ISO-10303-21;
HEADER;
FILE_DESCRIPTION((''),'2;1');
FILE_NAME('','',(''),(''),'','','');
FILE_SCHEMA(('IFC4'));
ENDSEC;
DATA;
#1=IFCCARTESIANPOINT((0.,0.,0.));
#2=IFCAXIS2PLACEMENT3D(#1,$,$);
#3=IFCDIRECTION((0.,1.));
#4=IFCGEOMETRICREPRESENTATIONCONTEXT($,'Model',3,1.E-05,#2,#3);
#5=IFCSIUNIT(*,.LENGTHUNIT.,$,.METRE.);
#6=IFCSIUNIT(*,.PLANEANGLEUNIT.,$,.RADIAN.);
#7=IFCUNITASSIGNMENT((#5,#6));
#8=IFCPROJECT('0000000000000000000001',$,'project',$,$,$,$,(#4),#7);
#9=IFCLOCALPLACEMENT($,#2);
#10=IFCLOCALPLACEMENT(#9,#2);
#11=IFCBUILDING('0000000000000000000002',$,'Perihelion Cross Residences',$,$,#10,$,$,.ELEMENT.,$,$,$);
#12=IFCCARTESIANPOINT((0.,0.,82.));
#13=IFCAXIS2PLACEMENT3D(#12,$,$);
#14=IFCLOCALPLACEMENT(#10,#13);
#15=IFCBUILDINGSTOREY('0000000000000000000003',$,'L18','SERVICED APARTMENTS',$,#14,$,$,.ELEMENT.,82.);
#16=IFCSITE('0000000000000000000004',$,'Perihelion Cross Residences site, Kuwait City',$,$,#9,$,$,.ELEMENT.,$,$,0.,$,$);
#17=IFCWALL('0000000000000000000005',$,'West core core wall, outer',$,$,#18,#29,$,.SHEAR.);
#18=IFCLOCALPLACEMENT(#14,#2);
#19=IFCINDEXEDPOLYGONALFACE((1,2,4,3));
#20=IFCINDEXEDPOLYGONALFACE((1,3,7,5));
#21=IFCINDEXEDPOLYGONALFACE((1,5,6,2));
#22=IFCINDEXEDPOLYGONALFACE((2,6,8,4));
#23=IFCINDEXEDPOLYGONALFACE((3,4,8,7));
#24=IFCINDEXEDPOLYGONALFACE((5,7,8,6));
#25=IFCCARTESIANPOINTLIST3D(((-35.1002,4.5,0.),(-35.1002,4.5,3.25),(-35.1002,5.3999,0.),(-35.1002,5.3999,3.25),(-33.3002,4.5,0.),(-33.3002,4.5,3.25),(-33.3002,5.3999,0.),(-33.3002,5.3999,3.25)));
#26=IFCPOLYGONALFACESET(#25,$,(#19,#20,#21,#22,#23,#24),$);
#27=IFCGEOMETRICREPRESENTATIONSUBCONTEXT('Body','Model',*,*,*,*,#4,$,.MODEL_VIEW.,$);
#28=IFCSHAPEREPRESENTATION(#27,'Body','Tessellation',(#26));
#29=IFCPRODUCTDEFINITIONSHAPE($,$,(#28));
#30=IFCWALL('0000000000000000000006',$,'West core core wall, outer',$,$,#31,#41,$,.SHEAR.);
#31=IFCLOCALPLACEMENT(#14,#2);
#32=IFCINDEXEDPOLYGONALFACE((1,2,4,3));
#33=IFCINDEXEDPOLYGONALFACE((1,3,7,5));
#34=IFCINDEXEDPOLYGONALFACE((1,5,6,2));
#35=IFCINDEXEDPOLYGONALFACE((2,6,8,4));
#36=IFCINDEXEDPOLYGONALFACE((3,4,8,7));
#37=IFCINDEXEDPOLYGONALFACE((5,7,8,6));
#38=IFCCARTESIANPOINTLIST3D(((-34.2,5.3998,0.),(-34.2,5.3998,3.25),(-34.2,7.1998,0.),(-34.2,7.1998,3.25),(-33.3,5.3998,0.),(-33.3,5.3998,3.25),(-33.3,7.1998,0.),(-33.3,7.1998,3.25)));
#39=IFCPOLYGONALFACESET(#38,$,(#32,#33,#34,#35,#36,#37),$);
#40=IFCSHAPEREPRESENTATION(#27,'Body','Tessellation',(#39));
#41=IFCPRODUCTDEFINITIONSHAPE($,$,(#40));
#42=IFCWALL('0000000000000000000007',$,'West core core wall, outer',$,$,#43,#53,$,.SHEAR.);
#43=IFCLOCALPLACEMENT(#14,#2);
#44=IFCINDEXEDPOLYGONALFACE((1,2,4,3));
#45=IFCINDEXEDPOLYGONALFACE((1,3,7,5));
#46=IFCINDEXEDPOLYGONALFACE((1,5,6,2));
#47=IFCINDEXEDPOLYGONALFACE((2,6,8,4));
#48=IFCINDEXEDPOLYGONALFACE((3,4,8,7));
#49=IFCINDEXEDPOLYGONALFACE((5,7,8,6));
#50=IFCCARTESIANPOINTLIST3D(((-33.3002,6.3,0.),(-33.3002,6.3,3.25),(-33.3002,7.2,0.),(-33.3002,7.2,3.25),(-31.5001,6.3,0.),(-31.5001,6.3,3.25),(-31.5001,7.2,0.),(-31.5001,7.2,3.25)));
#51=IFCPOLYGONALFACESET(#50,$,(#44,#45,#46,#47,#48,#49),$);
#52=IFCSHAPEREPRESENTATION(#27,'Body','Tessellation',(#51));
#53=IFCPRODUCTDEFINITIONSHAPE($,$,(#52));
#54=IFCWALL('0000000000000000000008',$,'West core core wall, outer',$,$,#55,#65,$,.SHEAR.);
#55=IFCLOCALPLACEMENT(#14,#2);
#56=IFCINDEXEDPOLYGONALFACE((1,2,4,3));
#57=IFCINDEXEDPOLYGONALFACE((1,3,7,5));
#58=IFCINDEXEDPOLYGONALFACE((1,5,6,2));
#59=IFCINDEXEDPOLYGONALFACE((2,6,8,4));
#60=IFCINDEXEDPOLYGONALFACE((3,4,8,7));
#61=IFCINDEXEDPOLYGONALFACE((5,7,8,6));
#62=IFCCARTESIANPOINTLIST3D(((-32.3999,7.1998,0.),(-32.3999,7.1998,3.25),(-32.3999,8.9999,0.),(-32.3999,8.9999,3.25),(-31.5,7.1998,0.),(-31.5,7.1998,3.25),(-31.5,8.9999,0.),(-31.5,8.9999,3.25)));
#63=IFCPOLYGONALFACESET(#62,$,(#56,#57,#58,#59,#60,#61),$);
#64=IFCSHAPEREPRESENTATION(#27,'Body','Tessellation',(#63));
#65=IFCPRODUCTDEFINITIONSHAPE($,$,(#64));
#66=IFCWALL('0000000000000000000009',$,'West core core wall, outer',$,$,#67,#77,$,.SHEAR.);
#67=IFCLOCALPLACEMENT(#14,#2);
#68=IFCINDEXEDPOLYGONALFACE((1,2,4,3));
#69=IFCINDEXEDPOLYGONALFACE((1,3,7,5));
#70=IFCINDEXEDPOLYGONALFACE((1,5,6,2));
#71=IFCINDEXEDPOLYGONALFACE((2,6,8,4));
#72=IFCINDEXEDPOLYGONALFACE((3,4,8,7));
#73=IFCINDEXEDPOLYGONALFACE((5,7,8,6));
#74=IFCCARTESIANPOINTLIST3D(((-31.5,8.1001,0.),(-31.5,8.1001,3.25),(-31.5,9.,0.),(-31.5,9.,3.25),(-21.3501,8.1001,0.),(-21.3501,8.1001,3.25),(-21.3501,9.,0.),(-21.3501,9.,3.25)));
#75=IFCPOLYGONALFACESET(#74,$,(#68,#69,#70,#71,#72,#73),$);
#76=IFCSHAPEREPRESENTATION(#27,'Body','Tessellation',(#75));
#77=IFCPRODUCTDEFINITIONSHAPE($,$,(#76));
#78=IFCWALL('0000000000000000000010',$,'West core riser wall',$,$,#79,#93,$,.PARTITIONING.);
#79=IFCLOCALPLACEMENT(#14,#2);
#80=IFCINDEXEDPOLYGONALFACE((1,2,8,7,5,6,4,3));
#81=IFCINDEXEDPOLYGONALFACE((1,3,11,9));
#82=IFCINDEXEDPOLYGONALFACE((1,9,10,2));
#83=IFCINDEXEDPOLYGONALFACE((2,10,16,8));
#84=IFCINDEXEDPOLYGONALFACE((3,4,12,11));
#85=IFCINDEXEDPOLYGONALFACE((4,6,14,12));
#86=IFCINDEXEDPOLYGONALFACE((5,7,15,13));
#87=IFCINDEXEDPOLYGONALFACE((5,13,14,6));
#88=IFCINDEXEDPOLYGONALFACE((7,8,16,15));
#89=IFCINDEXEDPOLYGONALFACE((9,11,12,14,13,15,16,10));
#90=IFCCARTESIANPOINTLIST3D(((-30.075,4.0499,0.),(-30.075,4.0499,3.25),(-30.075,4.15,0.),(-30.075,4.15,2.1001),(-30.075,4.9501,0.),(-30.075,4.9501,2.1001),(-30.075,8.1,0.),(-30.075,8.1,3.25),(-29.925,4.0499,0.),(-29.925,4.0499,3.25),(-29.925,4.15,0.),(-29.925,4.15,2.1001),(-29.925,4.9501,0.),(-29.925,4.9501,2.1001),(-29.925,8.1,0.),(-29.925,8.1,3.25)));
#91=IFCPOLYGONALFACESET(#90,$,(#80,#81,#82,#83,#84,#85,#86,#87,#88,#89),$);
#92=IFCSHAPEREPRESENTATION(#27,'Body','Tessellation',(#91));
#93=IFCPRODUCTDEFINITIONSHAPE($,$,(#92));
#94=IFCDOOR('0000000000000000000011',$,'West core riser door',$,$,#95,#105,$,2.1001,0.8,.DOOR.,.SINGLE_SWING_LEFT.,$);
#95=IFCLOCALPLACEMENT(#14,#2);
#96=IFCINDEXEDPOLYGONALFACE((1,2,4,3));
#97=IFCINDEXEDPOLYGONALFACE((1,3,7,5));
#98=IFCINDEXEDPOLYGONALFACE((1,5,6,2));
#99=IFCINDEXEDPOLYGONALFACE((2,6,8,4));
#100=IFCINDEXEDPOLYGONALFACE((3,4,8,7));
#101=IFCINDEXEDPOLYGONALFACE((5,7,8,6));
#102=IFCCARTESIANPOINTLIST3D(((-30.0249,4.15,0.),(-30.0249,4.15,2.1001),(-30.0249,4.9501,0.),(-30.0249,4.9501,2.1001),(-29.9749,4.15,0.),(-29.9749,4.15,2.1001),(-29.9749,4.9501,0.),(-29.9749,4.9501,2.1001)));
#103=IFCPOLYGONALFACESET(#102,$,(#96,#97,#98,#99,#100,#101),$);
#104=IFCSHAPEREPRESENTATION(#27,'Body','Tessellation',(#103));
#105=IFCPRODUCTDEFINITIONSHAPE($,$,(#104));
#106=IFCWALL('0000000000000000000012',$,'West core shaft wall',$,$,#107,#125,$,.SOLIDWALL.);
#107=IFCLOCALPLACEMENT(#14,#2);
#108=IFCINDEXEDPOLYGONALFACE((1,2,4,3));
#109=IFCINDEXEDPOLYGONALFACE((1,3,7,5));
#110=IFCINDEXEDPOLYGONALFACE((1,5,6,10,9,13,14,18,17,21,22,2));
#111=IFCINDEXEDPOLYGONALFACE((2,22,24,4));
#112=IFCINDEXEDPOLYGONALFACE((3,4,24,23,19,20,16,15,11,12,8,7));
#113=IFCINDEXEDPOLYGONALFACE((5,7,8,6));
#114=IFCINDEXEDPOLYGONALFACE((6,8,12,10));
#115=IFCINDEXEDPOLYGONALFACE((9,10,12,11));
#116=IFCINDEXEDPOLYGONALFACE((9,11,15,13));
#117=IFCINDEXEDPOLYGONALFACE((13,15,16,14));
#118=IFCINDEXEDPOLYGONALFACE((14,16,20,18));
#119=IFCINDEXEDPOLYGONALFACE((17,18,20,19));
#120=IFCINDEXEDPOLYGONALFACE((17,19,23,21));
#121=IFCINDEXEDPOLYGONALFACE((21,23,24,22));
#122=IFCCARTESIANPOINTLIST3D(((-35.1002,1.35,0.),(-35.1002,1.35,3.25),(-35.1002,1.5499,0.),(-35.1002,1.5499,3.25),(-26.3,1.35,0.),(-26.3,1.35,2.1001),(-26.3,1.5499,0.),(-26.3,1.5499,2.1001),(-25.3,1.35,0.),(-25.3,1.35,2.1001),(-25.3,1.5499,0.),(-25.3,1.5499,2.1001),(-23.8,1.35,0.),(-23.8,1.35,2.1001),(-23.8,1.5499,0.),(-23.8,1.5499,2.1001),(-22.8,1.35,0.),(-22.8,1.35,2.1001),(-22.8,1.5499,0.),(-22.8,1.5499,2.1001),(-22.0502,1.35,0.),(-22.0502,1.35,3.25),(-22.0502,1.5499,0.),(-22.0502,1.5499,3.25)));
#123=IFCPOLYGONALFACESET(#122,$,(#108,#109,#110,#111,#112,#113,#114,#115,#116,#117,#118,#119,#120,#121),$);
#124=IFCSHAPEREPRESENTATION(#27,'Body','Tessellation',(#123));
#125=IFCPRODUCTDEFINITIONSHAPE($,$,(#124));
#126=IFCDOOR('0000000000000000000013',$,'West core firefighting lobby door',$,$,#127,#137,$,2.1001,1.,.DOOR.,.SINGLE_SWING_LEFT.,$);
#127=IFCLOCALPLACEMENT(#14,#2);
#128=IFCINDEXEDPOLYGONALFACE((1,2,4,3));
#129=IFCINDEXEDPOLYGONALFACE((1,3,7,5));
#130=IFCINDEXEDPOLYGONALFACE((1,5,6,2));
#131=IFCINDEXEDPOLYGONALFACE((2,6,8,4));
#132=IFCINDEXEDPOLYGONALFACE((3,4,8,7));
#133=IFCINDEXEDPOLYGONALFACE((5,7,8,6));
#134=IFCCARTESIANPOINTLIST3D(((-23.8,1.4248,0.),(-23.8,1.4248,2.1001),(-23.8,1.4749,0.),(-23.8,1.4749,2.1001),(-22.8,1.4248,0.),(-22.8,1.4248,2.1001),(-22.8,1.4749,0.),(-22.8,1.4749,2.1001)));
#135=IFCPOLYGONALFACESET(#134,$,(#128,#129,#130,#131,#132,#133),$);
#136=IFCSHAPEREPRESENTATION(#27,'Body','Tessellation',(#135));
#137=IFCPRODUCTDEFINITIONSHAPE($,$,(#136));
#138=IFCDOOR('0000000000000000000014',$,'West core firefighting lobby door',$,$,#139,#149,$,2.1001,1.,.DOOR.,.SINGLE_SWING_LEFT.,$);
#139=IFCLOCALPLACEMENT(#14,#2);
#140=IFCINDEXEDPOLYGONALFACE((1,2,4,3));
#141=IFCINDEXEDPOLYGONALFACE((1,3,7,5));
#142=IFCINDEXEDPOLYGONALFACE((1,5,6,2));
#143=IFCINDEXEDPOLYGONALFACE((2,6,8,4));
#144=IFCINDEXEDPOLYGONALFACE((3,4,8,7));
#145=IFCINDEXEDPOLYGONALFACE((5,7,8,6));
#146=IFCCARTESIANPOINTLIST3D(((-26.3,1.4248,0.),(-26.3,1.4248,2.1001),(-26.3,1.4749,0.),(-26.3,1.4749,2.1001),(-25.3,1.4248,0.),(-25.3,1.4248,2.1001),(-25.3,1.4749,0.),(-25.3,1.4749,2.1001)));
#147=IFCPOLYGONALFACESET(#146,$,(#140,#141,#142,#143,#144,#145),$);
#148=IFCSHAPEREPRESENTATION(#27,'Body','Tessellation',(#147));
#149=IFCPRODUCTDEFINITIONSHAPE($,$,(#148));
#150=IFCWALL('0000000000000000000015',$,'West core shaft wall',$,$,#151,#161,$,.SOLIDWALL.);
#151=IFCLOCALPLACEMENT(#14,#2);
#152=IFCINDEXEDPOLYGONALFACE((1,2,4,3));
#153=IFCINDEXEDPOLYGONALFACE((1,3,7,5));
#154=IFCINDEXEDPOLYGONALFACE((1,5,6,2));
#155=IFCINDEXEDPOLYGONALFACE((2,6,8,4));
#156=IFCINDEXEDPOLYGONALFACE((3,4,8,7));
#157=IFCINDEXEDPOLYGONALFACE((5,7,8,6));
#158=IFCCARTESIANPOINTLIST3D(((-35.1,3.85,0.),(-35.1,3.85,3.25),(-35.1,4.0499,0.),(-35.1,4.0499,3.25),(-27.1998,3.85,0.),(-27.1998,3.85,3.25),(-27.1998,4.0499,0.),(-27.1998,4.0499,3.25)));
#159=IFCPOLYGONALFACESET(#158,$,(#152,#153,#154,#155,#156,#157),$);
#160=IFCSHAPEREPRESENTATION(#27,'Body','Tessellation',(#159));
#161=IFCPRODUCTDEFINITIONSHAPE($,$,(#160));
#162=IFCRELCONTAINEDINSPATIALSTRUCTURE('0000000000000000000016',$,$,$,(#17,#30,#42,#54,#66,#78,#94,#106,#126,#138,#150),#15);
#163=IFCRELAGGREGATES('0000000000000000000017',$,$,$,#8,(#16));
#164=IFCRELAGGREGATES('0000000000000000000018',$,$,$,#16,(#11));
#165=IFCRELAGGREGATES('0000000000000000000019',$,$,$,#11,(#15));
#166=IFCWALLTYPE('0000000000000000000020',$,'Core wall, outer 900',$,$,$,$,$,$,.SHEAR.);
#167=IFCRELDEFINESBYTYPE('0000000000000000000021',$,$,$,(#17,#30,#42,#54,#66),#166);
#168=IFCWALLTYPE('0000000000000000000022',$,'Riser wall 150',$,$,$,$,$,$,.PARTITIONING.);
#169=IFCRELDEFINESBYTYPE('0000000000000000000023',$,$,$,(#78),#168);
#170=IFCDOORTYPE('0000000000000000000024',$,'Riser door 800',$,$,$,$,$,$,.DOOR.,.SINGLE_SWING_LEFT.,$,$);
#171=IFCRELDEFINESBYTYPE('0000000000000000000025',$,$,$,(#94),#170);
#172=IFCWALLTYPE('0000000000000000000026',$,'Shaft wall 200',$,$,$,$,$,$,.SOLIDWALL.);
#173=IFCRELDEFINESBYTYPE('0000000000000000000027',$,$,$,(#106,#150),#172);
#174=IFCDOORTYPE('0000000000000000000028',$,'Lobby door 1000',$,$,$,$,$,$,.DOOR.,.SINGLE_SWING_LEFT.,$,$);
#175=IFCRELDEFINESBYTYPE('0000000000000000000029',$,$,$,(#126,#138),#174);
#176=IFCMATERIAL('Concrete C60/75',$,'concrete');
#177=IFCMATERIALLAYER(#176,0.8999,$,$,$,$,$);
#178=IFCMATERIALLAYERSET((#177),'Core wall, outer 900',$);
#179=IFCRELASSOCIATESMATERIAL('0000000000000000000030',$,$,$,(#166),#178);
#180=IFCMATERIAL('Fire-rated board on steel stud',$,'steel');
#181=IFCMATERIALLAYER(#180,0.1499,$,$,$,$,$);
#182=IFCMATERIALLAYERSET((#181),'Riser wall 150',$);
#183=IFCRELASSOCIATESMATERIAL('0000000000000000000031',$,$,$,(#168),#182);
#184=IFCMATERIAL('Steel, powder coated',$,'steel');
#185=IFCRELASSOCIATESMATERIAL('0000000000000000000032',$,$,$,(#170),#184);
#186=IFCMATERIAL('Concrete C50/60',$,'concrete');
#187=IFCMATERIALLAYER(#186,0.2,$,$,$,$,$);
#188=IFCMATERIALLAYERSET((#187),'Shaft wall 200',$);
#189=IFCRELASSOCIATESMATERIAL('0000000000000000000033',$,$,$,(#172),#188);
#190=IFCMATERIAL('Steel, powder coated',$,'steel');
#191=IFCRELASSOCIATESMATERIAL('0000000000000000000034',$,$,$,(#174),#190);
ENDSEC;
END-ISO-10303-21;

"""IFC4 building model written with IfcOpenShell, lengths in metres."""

from ifc_helpers import new_model, si_unit, direction, frame, frame_2d, origin, place, context, subcontext, project, spatial, rectangle, extrude, material, layer, layer_set, type_object, element, fill, save


model = new_model("IFC4")

# Units and contexts
model_context = context("Model", 3, precision=1e-05, world=origin(), true_north=direction((0.0, 1.0)))
body_context = subcontext(model_context, "Body", "Model", "MODEL_VIEW")
ifc_project = project(units=[si_unit("LENGTHUNIT", "METRE"), si_unit("PLANEANGLEUNIT", "RADIAN")], contexts=[model_context])

# Site, building, storey
site_placement = place(None, origin())
site = spatial("IfcSite", under=ifc_project, at=site_placement, Name="Perihelion Cross Residences site, Kuwait City", CompositionType="ELEMENT", RefElevation=0.0)
building_placement = place(site_placement, origin())
building = spatial("IfcBuilding", under=site, at=building_placement, Name="Perihelion Cross Residences", CompositionType="ELEMENT")
storey_placement = place(building_placement, frame((0.0, 0.0, 82.0)))
storey = spatial("IfcBuildingStorey", under=building, at=storey_placement, Name="L18", Description="SERVICED APARTMENTS", CompositionType="ELEMENT", Elevation=82.0)

# Walls
ifc_material_1 = material(Name="Concrete C60/75", Category="concrete")
ifc_layer_1 = layer(ifc_material_1, 0.8999)
ifc_layer_set_1 = layer_set([ifc_layer_1], Name="Core wall, outer 900")
wall_type_1 = type_object("IfcWallType", Name="Core wall, outer 900", PredefinedType="SHEAR", material=ifc_layer_set_1)
for number, where, z_axis, x_axis, name in (
    (1, (-35.1001, 4.95, 0.0), (0.0, 0.0, 1.0), (1.0, 0.0, 0.0), "West core core wall, outer"),
    (2, (-33.75, 5.3999, 0.0), (0.0, 0.0, 1.0), (0.0, 1.0, 0.0), "West core core wall, outer"),
    (3, (-33.3, 6.75, 0.0), (0.0, 0.0, 1.0), (1.0, 0.0, 0.0), "West core core wall, outer"),
    (4, (-31.95, 7.2, 0.0), (0.0, 0.0, 1.0), (0.0, 1.0, 0.0), "West core core wall, outer"),
):
    element("IfcWall", number, at=place(storey_placement, frame(where, z_axis=z_axis, x_axis=x_axis)), inside=storey, type_object=wall_type_1, Name=name, PredefinedType="SHEAR", context=body_context, shape_type="SweptSolid", body=[
        extrude(rectangle(XDim=1.8, YDim=0.8999, at=frame_2d((0.8999, 0.0))), origin(), (0.0, 0.0, 1.0), 3.25),
    ])
wall_1_placement = place(storey_placement, frame((-31.5, 8.55, 0.0), z_axis=(0.0, 0.0, 1.0), x_axis=(1.0, 0.0, 0.0)))
element("IfcWall", 5, at=wall_1_placement, inside=storey, type_object=wall_type_1, Name="West core core wall, outer", PredefinedType="SHEAR", context=body_context, shape_type="SweptSolid", body=[
    extrude(rectangle(XDim=10.1499, YDim=0.8999, at=frame_2d((5.075, 0.0))), origin(), (0.0, 0.0, 1.0), 3.25),
])

# Wall, opening, door
ifc_material_2 = material(Name="Fire-rated board on steel stud", Category="steel")
ifc_layer_2 = layer(ifc_material_2, 0.1499)
ifc_layer_set_2 = layer_set([ifc_layer_2], Name="Riser wall 150")
wall_type_2 = type_object("IfcWallType", Name="Riser wall 150", PredefinedType="PARTITIONING", material=ifc_layer_set_2)
wall_2_placement = place(storey_placement, frame((-30.0, 4.05, 0.0), z_axis=(0.0, 0.0, 1.0), x_axis=(0.0, 1.0, 0.0)))
wall_2 = element("IfcWall", 6, at=wall_2_placement, inside=storey, type_object=wall_type_2, Name="West core riser wall", PredefinedType="PARTITIONING", context=body_context, shape_type="SweptSolid", body=[
    extrude(rectangle(XDim=4.05, YDim=0.1499, at=frame_2d((2.0249, 0.0))), origin(), (0.0, 0.0, 1.0), 3.25),
])
opening_1_placement = place(wall_2_placement, frame((0.1001, 0.0, 0.0)))
opening_1 = element("IfcOpeningElement", 7, at=opening_1_placement, cuts=wall_2, PredefinedType="OPENING", context=body_context, shape_type="SweptSolid", body=[
    extrude(rectangle(XDim=0.8, YDim=2.1001, at=frame_2d((0.3999, 1.05))), frame((0.0, 0.085, 0.0), z_axis=(0.0, -1.0, 0.0), x_axis=(1.0, 0.0, 0.0)), (0.0, 0.0, 1.0), 0.1699),
])
ifc_material_3 = material(Name="Steel, powder coated", Category="steel")
door_type_1 = type_object("IfcDoorType", Name="Riser door 800", OperationType="SINGLE_SWING_LEFT", PredefinedType="DOOR", material=ifc_material_3)
door_1_placement = place(opening_1_placement, origin())
door_1 = element("IfcDoor", 8, at=door_1_placement, inside=storey, type_object=door_type_1, Name="West core riser door", OperationType="SINGLE_SWING_LEFT", OverallHeight=2.1001, OverallWidth=0.8, PredefinedType="DOOR", context=body_context, shape_type="SweptSolid", body=[
    extrude(rectangle(XDim=0.8, YDim=2.1001, at=frame_2d((0.3999, 1.05))), frame((0.0, 0.0249, 0.0), z_axis=(0.0, -1.0, 0.0), x_axis=(1.0, 0.0, 0.0)), (0.0, 0.0, 1.0), 0.05),
])
fill(opening_1, door_1)

# Wall, openings, doors
ifc_material_4 = material(Name="Concrete C50/60", Category="concrete")
ifc_layer_3 = layer(ifc_material_4, 0.2)
ifc_layer_set_3 = layer_set([ifc_layer_3], Name="Shaft wall 200")
wall_type_3 = type_object("IfcWallType", Name="Shaft wall 200", PredefinedType="SOLIDWALL", material=ifc_layer_set_3)
wall_3_placement = place(storey_placement, frame((-35.1001, 1.45, 0.0), z_axis=(0.0, 0.0, 1.0), x_axis=(1.0, 0.0, 0.0)))
wall_3 = element("IfcWall", 9, at=wall_3_placement, inside=storey, type_object=wall_type_3, Name="West core shaft wall", PredefinedType="SOLIDWALL", context=body_context, shape_type="SweptSolid", body=[
    extrude(rectangle(XDim=13.05, YDim=0.2, at=frame_2d((6.5249, 0.0))), origin(), (0.0, 0.0, 1.0), 3.25),
])
opening_2_placement = place(wall_3_placement, frame((11.3, 0.0, 0.0)))
opening_2 = element("IfcOpeningElement", 10, at=opening_2_placement, cuts=wall_3, PredefinedType="OPENING", context=body_context, shape_type="SweptSolid", body=[
    extrude(rectangle(XDim=1.0, YDim=2.1001, at=frame_2d((0.5, 1.05))), frame((0.0, 0.1099, 0.0), z_axis=(0.0, -1.0, 0.0), x_axis=(1.0, 0.0, 0.0)), (0.0, 0.0, 1.0), 0.22),
])
opening_3_placement = place(wall_3_placement, frame((8.8, 0.0, 0.0)))
opening_3 = element("IfcOpeningElement", 11, at=opening_3_placement, cuts=wall_3, PredefinedType="OPENING", context=body_context, shape_type="SweptSolid", body=[
    extrude(rectangle(XDim=1.0, YDim=2.1001, at=frame_2d((0.5, 1.05))), frame((0.0, 0.1099, 0.0), z_axis=(0.0, -1.0, 0.0), x_axis=(1.0, 0.0, 0.0)), (0.0, 0.0, 1.0), 0.22),
])
ifc_material_5 = material(Name="Steel, powder coated", Category="steel")
door_type_2 = type_object("IfcDoorType", Name="Lobby door 1000", OperationType="SINGLE_SWING_LEFT", PredefinedType="DOOR", material=ifc_material_5)
door_2_placement = place(opening_2_placement, origin())
door_2 = element("IfcDoor", 12, at=door_2_placement, inside=storey, type_object=door_type_2, Name="West core firefighting lobby door", OperationType="SINGLE_SWING_LEFT", OverallHeight=2.1001, OverallWidth=1.0, PredefinedType="DOOR", context=body_context, shape_type="SweptSolid", body=[
    extrude(rectangle(XDim=1.0, YDim=2.1001, at=frame_2d((0.5, 1.05))), frame((0.0, 0.0249, 0.0), z_axis=(0.0, -1.0, 0.0), x_axis=(1.0, 0.0, 0.0)), (0.0, 0.0, 1.0), 0.05),
])
fill(opening_2, door_2)
door_3_placement = place(opening_3_placement, origin())
door_3 = element("IfcDoor", 13, at=door_3_placement, inside=storey, type_object=door_type_2, Name="West core firefighting lobby door", OperationType="SINGLE_SWING_LEFT", OverallHeight=2.1001, OverallWidth=1.0, PredefinedType="DOOR", context=body_context, shape_type="SweptSolid", body=[
    extrude(rectangle(XDim=1.0, YDim=2.1001, at=frame_2d((0.5, 1.05))), frame((0.0, 0.0249, 0.0), z_axis=(0.0, -1.0, 0.0), x_axis=(1.0, 0.0, 0.0)), (0.0, 0.0, 1.0), 0.05),
])
fill(opening_3, door_3)

# Wall
wall_4_placement = place(storey_placement, frame((-35.1001, 3.95, 0.0), z_axis=(0.0, 0.0, 1.0), x_axis=(1.0, 0.0, 0.0)))
element("IfcWall", 14, at=wall_4_placement, inside=storey, type_object=wall_type_3, Name="West core shaft wall", PredefinedType="SOLIDWALL", context=body_context, shape_type="SweptSolid", body=[
    extrude(rectangle(XDim=7.9001, YDim=0.2, at=frame_2d((3.9502, 0.0))), origin(), (0.0, 0.0, 1.0), 3.25),
])

save(model, "model.ifc")
